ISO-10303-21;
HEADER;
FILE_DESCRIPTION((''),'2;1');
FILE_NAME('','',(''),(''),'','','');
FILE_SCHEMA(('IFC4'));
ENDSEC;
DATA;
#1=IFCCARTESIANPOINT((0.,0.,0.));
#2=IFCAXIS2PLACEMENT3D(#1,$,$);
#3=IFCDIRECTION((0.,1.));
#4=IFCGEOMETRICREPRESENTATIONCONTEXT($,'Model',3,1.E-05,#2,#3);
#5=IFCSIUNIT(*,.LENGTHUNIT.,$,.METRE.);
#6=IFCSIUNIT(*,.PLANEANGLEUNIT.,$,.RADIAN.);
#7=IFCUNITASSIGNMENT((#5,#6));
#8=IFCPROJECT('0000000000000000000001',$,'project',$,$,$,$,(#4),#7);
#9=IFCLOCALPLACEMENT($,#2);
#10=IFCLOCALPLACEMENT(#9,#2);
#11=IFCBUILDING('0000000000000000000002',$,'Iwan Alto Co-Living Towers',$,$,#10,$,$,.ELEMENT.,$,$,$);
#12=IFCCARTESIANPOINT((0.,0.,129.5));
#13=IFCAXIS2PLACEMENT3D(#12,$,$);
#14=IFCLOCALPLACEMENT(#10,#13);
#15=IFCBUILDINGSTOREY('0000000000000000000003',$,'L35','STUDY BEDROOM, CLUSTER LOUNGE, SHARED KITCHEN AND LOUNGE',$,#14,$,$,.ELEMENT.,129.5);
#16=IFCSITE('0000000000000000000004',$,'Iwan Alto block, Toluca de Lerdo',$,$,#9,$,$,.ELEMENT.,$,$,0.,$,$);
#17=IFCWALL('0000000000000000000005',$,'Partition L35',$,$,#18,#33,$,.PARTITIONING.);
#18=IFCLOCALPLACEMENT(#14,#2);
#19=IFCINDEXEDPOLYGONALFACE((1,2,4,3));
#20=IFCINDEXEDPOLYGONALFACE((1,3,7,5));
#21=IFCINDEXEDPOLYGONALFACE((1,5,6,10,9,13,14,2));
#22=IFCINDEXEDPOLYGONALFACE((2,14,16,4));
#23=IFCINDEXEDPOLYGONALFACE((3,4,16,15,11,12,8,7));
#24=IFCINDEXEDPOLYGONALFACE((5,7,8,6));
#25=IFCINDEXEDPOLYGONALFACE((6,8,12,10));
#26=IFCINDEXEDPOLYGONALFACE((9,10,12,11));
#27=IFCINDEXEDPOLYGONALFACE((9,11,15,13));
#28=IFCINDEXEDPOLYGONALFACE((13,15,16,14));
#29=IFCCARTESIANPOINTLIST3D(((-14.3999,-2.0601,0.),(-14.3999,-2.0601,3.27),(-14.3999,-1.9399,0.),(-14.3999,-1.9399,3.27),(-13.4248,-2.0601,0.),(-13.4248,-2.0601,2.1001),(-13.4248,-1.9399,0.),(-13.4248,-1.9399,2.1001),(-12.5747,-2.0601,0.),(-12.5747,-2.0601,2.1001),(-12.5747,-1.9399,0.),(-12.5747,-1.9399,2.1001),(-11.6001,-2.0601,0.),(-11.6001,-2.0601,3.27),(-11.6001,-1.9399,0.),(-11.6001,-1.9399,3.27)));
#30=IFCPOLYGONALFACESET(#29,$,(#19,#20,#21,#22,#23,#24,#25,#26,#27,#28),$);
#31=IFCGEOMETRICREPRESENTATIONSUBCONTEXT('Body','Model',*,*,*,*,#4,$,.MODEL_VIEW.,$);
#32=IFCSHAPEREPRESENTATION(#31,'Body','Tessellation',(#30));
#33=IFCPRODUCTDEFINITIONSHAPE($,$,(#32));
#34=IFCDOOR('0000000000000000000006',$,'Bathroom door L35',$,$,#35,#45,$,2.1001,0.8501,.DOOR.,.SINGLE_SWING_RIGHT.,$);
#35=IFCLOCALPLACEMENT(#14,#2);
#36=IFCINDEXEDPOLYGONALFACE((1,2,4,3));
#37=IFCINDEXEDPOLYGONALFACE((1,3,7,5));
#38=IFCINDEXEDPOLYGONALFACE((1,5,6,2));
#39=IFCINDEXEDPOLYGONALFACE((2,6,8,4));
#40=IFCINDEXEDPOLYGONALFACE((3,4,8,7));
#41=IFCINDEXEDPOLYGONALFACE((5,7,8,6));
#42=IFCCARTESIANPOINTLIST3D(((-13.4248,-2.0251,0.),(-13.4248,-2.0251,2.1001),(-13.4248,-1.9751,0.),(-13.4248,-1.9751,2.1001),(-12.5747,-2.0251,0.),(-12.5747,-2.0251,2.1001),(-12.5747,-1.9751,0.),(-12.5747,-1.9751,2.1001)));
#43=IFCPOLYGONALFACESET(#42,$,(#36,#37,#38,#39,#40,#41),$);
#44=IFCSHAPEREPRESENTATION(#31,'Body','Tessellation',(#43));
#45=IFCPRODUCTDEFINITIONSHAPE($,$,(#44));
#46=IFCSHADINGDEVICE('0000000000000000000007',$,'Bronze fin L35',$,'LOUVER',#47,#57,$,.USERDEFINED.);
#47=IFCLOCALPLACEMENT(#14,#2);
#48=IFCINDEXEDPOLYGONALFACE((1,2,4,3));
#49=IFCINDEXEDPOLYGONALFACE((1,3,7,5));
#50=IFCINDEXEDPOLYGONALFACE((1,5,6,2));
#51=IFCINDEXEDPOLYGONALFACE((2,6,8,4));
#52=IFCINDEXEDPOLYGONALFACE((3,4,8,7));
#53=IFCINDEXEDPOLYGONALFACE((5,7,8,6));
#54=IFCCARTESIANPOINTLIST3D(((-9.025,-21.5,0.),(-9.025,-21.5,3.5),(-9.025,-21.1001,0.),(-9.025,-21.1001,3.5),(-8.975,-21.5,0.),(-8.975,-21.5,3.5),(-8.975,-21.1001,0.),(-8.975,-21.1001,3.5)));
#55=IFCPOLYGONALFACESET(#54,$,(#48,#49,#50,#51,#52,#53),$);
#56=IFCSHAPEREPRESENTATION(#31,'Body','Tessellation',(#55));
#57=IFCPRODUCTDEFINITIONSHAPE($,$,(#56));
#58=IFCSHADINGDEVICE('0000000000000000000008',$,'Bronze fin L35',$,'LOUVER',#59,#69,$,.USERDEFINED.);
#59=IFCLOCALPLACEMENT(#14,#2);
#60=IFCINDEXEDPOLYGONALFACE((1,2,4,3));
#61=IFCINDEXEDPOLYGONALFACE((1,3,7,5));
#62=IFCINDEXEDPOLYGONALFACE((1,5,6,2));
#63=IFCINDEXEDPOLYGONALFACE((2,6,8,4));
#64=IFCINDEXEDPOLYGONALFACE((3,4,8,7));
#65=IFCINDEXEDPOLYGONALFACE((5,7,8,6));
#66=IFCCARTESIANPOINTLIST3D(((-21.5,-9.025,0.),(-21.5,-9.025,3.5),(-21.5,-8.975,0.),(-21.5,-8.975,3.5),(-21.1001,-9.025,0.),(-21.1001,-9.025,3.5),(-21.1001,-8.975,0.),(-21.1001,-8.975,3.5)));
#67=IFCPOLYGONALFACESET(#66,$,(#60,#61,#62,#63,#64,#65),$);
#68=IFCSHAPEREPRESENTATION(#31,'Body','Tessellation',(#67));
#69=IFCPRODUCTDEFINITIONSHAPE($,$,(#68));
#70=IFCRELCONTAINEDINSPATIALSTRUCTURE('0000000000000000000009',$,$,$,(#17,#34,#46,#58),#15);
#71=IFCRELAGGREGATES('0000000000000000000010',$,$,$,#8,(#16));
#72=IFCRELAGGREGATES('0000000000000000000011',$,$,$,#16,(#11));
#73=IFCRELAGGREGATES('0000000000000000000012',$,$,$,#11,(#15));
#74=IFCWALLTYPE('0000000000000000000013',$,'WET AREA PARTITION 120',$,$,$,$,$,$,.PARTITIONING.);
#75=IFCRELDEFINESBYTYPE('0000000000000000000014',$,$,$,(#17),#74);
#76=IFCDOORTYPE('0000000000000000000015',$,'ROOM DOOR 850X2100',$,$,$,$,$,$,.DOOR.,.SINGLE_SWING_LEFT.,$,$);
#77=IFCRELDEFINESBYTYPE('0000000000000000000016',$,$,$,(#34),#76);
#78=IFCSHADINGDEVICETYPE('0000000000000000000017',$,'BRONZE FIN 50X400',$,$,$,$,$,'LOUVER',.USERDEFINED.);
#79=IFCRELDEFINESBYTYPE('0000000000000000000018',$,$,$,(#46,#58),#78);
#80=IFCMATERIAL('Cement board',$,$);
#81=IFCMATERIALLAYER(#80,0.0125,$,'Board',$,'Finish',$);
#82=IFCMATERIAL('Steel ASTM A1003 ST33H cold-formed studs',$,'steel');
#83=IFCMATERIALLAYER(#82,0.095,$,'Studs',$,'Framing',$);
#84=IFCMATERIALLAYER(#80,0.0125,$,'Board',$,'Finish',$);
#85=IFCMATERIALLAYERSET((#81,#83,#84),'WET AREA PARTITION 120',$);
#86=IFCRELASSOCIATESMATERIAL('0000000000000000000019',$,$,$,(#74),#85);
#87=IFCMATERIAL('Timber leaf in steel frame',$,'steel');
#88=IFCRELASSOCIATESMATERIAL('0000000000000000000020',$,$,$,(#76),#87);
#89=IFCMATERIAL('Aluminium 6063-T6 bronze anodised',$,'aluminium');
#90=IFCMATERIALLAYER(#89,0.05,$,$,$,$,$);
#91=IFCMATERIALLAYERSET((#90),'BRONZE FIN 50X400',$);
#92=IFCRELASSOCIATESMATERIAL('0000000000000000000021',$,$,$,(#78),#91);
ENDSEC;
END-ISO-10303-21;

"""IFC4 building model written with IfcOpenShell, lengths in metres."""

from ifc_helpers import new_model, si_unit, direction, frame, frame_2d, origin, origin_2d, place, context, subcontext, project, spatial, rectangle, extrude, material, layer, layer_set, type_object, element, fill, save


model = new_model("IFC4")

# Units and contexts
model_context = context("Model", 3, precision=1e-05, world=origin(), true_north=direction((0.0, 1.0)))
body_context = subcontext(model_context, "Body", "Model", "MODEL_VIEW")
ifc_project = project(units=[si_unit("LENGTHUNIT", "METRE"), si_unit("PLANEANGLEUNIT", "RADIAN")], contexts=[model_context])

# Site, building, storey
site_placement = place(None, origin())
site = spatial("IfcSite", under=ifc_project, at=site_placement, Name="Iwan Alto block, Toluca de Lerdo", CompositionType="ELEMENT", RefElevation=0.0)
building_placement = place(site_placement, origin())
building = spatial("IfcBuilding", under=site, at=building_placement, Name="Iwan Alto Co-Living Towers", CompositionType="ELEMENT")
storey_placement = place(building_placement, frame((0.0, 0.0, 129.5)))
storey = spatial("IfcBuildingStorey", under=building, at=storey_placement, Name="L35", Description="STUDY BEDROOM, CLUSTER LOUNGE, SHARED KITCHEN AND LOUNGE", CompositionType="ELEMENT", Elevation=129.5)

# Shared definitions
ifc_material_1 = material(Name="Steel ASTM A1003 ST33H cold-formed studs", Category="steel")

# Shared definitions
ifc_material_2 = material(Name="Cement board")
ifc_layer_1 = layer(ifc_material_2, 0.0125, Name="Board", Category="Finish")
ifc_layer_2 = layer(ifc_material_1, 0.095, Name="Studs", Category="Framing")
ifc_layer_3 = layer(ifc_material_2, 0.0125, Name="Board", Category="Finish")
ifc_layer_set_1 = layer_set([ifc_layer_1, ifc_layer_2, ifc_layer_3], Name="WET AREA PARTITION 120")
wall_type_1 = type_object("IfcWallType", Name="WET AREA PARTITION 120", PredefinedType="PARTITIONING", material=ifc_layer_set_1)

# Wall, opening, door
wall_1_placement = place(storey_placement, frame((-14.3999, -2.0, 0.0), z_axis=(0.0, 0.0, 1.0), x_axis=(1.0, 0.0, 0.0)))
wall_1 = element("IfcWall", 1, at=wall_1_placement, inside=storey, type_object=wall_type_1, Name="Partition L35", PredefinedType="PARTITIONING", context=body_context, shape_type="SweptSolid", body=[
    extrude(rectangle(XDim=2.7998, YDim=0.1201, at=frame_2d((1.3999, 0.0))), origin(), (0.0, 0.0, 1.0), 3.27),
])
opening_1_placement = place(wall_1_placement, frame((0.9751, 0.0, 0.0)))
opening_1 = element("IfcOpeningElement", 2, at=opening_1_placement, cuts=wall_1, PredefinedType="OPENING", context=body_context, shape_type="SweptSolid", body=[
    extrude(rectangle(XDim=0.8501, YDim=2.1001, at=frame_2d((0.425, 1.05))), frame((0.0, 0.0701, 0.0), z_axis=(0.0, -1.0, 0.0), x_axis=(1.0, 0.0, 0.0)), (0.0, 0.0, 1.0), 0.1401),
])
ifc_material_3 = material(Name="Timber leaf in steel frame", Category="steel")
door_type_1 = type_object("IfcDoorType", Name="ROOM DOOR 850X2100", OperationType="SINGLE_SWING_LEFT", PredefinedType="DOOR", material=ifc_material_3)
door_1_placement = place(opening_1_placement, origin())
door_1 = element("IfcDoor", 3, at=door_1_placement, inside=storey, type_object=door_type_1, Name="Bathroom door L35", OperationType="SINGLE_SWING_RIGHT", OverallHeight=2.1001, OverallWidth=0.8501, PredefinedType="DOOR", context=body_context, shape_type="SweptSolid", body=[
    extrude(rectangle(XDim=0.8501, YDim=2.1001, at=frame_2d((0.425, 1.05))), frame((0.0, 0.0249, 0.0), z_axis=(0.0, -1.0, 0.0), x_axis=(1.0, 0.0, 0.0)), (0.0, 0.0, 1.0), 0.05),
])
fill(opening_1, door_1)

# Shading devices
ifc_material_4 = material(Name="Aluminium 6063-T6 bronze anodised", Category="aluminium")
ifc_layer_4 = layer(ifc_material_4, 0.05)
ifc_layer_set_2 = layer_set([ifc_layer_4], Name="BRONZE FIN 50X400")
shading_device_type = type_object("IfcShadingDeviceType", Name="BRONZE FIN 50X400", ElementType="LOUVER", PredefinedType="USERDEFINED", material=ifc_layer_set_2)
for number, where, z_axis, x_axis, name in (
    (4, (-9.0, -21.3, 0.0), (0.0, 0.0, 1.0), (1.0, 0.0, 0.0), "Bronze fin L35"),
    (5, (-21.3, -9.0, 0.0), (0.0, 0.0, 1.0), (0.0, -1.0, 0.0), "Bronze fin L35"),
):
    element("IfcShadingDevice", number, at=place(storey_placement, frame(where, z_axis=z_axis, x_axis=x_axis)), inside=storey, type_object=shading_device_type, Name=name, ObjectType="LOUVER", PredefinedType="USERDEFINED", context=body_context, shape_type="SweptSolid", body=[
        extrude(rectangle(XDim=0.05, YDim=0.3999, at=origin_2d()), origin(), (0.0, 0.0, 1.0), 3.5),
    ])

save(model, "model.ifc")
